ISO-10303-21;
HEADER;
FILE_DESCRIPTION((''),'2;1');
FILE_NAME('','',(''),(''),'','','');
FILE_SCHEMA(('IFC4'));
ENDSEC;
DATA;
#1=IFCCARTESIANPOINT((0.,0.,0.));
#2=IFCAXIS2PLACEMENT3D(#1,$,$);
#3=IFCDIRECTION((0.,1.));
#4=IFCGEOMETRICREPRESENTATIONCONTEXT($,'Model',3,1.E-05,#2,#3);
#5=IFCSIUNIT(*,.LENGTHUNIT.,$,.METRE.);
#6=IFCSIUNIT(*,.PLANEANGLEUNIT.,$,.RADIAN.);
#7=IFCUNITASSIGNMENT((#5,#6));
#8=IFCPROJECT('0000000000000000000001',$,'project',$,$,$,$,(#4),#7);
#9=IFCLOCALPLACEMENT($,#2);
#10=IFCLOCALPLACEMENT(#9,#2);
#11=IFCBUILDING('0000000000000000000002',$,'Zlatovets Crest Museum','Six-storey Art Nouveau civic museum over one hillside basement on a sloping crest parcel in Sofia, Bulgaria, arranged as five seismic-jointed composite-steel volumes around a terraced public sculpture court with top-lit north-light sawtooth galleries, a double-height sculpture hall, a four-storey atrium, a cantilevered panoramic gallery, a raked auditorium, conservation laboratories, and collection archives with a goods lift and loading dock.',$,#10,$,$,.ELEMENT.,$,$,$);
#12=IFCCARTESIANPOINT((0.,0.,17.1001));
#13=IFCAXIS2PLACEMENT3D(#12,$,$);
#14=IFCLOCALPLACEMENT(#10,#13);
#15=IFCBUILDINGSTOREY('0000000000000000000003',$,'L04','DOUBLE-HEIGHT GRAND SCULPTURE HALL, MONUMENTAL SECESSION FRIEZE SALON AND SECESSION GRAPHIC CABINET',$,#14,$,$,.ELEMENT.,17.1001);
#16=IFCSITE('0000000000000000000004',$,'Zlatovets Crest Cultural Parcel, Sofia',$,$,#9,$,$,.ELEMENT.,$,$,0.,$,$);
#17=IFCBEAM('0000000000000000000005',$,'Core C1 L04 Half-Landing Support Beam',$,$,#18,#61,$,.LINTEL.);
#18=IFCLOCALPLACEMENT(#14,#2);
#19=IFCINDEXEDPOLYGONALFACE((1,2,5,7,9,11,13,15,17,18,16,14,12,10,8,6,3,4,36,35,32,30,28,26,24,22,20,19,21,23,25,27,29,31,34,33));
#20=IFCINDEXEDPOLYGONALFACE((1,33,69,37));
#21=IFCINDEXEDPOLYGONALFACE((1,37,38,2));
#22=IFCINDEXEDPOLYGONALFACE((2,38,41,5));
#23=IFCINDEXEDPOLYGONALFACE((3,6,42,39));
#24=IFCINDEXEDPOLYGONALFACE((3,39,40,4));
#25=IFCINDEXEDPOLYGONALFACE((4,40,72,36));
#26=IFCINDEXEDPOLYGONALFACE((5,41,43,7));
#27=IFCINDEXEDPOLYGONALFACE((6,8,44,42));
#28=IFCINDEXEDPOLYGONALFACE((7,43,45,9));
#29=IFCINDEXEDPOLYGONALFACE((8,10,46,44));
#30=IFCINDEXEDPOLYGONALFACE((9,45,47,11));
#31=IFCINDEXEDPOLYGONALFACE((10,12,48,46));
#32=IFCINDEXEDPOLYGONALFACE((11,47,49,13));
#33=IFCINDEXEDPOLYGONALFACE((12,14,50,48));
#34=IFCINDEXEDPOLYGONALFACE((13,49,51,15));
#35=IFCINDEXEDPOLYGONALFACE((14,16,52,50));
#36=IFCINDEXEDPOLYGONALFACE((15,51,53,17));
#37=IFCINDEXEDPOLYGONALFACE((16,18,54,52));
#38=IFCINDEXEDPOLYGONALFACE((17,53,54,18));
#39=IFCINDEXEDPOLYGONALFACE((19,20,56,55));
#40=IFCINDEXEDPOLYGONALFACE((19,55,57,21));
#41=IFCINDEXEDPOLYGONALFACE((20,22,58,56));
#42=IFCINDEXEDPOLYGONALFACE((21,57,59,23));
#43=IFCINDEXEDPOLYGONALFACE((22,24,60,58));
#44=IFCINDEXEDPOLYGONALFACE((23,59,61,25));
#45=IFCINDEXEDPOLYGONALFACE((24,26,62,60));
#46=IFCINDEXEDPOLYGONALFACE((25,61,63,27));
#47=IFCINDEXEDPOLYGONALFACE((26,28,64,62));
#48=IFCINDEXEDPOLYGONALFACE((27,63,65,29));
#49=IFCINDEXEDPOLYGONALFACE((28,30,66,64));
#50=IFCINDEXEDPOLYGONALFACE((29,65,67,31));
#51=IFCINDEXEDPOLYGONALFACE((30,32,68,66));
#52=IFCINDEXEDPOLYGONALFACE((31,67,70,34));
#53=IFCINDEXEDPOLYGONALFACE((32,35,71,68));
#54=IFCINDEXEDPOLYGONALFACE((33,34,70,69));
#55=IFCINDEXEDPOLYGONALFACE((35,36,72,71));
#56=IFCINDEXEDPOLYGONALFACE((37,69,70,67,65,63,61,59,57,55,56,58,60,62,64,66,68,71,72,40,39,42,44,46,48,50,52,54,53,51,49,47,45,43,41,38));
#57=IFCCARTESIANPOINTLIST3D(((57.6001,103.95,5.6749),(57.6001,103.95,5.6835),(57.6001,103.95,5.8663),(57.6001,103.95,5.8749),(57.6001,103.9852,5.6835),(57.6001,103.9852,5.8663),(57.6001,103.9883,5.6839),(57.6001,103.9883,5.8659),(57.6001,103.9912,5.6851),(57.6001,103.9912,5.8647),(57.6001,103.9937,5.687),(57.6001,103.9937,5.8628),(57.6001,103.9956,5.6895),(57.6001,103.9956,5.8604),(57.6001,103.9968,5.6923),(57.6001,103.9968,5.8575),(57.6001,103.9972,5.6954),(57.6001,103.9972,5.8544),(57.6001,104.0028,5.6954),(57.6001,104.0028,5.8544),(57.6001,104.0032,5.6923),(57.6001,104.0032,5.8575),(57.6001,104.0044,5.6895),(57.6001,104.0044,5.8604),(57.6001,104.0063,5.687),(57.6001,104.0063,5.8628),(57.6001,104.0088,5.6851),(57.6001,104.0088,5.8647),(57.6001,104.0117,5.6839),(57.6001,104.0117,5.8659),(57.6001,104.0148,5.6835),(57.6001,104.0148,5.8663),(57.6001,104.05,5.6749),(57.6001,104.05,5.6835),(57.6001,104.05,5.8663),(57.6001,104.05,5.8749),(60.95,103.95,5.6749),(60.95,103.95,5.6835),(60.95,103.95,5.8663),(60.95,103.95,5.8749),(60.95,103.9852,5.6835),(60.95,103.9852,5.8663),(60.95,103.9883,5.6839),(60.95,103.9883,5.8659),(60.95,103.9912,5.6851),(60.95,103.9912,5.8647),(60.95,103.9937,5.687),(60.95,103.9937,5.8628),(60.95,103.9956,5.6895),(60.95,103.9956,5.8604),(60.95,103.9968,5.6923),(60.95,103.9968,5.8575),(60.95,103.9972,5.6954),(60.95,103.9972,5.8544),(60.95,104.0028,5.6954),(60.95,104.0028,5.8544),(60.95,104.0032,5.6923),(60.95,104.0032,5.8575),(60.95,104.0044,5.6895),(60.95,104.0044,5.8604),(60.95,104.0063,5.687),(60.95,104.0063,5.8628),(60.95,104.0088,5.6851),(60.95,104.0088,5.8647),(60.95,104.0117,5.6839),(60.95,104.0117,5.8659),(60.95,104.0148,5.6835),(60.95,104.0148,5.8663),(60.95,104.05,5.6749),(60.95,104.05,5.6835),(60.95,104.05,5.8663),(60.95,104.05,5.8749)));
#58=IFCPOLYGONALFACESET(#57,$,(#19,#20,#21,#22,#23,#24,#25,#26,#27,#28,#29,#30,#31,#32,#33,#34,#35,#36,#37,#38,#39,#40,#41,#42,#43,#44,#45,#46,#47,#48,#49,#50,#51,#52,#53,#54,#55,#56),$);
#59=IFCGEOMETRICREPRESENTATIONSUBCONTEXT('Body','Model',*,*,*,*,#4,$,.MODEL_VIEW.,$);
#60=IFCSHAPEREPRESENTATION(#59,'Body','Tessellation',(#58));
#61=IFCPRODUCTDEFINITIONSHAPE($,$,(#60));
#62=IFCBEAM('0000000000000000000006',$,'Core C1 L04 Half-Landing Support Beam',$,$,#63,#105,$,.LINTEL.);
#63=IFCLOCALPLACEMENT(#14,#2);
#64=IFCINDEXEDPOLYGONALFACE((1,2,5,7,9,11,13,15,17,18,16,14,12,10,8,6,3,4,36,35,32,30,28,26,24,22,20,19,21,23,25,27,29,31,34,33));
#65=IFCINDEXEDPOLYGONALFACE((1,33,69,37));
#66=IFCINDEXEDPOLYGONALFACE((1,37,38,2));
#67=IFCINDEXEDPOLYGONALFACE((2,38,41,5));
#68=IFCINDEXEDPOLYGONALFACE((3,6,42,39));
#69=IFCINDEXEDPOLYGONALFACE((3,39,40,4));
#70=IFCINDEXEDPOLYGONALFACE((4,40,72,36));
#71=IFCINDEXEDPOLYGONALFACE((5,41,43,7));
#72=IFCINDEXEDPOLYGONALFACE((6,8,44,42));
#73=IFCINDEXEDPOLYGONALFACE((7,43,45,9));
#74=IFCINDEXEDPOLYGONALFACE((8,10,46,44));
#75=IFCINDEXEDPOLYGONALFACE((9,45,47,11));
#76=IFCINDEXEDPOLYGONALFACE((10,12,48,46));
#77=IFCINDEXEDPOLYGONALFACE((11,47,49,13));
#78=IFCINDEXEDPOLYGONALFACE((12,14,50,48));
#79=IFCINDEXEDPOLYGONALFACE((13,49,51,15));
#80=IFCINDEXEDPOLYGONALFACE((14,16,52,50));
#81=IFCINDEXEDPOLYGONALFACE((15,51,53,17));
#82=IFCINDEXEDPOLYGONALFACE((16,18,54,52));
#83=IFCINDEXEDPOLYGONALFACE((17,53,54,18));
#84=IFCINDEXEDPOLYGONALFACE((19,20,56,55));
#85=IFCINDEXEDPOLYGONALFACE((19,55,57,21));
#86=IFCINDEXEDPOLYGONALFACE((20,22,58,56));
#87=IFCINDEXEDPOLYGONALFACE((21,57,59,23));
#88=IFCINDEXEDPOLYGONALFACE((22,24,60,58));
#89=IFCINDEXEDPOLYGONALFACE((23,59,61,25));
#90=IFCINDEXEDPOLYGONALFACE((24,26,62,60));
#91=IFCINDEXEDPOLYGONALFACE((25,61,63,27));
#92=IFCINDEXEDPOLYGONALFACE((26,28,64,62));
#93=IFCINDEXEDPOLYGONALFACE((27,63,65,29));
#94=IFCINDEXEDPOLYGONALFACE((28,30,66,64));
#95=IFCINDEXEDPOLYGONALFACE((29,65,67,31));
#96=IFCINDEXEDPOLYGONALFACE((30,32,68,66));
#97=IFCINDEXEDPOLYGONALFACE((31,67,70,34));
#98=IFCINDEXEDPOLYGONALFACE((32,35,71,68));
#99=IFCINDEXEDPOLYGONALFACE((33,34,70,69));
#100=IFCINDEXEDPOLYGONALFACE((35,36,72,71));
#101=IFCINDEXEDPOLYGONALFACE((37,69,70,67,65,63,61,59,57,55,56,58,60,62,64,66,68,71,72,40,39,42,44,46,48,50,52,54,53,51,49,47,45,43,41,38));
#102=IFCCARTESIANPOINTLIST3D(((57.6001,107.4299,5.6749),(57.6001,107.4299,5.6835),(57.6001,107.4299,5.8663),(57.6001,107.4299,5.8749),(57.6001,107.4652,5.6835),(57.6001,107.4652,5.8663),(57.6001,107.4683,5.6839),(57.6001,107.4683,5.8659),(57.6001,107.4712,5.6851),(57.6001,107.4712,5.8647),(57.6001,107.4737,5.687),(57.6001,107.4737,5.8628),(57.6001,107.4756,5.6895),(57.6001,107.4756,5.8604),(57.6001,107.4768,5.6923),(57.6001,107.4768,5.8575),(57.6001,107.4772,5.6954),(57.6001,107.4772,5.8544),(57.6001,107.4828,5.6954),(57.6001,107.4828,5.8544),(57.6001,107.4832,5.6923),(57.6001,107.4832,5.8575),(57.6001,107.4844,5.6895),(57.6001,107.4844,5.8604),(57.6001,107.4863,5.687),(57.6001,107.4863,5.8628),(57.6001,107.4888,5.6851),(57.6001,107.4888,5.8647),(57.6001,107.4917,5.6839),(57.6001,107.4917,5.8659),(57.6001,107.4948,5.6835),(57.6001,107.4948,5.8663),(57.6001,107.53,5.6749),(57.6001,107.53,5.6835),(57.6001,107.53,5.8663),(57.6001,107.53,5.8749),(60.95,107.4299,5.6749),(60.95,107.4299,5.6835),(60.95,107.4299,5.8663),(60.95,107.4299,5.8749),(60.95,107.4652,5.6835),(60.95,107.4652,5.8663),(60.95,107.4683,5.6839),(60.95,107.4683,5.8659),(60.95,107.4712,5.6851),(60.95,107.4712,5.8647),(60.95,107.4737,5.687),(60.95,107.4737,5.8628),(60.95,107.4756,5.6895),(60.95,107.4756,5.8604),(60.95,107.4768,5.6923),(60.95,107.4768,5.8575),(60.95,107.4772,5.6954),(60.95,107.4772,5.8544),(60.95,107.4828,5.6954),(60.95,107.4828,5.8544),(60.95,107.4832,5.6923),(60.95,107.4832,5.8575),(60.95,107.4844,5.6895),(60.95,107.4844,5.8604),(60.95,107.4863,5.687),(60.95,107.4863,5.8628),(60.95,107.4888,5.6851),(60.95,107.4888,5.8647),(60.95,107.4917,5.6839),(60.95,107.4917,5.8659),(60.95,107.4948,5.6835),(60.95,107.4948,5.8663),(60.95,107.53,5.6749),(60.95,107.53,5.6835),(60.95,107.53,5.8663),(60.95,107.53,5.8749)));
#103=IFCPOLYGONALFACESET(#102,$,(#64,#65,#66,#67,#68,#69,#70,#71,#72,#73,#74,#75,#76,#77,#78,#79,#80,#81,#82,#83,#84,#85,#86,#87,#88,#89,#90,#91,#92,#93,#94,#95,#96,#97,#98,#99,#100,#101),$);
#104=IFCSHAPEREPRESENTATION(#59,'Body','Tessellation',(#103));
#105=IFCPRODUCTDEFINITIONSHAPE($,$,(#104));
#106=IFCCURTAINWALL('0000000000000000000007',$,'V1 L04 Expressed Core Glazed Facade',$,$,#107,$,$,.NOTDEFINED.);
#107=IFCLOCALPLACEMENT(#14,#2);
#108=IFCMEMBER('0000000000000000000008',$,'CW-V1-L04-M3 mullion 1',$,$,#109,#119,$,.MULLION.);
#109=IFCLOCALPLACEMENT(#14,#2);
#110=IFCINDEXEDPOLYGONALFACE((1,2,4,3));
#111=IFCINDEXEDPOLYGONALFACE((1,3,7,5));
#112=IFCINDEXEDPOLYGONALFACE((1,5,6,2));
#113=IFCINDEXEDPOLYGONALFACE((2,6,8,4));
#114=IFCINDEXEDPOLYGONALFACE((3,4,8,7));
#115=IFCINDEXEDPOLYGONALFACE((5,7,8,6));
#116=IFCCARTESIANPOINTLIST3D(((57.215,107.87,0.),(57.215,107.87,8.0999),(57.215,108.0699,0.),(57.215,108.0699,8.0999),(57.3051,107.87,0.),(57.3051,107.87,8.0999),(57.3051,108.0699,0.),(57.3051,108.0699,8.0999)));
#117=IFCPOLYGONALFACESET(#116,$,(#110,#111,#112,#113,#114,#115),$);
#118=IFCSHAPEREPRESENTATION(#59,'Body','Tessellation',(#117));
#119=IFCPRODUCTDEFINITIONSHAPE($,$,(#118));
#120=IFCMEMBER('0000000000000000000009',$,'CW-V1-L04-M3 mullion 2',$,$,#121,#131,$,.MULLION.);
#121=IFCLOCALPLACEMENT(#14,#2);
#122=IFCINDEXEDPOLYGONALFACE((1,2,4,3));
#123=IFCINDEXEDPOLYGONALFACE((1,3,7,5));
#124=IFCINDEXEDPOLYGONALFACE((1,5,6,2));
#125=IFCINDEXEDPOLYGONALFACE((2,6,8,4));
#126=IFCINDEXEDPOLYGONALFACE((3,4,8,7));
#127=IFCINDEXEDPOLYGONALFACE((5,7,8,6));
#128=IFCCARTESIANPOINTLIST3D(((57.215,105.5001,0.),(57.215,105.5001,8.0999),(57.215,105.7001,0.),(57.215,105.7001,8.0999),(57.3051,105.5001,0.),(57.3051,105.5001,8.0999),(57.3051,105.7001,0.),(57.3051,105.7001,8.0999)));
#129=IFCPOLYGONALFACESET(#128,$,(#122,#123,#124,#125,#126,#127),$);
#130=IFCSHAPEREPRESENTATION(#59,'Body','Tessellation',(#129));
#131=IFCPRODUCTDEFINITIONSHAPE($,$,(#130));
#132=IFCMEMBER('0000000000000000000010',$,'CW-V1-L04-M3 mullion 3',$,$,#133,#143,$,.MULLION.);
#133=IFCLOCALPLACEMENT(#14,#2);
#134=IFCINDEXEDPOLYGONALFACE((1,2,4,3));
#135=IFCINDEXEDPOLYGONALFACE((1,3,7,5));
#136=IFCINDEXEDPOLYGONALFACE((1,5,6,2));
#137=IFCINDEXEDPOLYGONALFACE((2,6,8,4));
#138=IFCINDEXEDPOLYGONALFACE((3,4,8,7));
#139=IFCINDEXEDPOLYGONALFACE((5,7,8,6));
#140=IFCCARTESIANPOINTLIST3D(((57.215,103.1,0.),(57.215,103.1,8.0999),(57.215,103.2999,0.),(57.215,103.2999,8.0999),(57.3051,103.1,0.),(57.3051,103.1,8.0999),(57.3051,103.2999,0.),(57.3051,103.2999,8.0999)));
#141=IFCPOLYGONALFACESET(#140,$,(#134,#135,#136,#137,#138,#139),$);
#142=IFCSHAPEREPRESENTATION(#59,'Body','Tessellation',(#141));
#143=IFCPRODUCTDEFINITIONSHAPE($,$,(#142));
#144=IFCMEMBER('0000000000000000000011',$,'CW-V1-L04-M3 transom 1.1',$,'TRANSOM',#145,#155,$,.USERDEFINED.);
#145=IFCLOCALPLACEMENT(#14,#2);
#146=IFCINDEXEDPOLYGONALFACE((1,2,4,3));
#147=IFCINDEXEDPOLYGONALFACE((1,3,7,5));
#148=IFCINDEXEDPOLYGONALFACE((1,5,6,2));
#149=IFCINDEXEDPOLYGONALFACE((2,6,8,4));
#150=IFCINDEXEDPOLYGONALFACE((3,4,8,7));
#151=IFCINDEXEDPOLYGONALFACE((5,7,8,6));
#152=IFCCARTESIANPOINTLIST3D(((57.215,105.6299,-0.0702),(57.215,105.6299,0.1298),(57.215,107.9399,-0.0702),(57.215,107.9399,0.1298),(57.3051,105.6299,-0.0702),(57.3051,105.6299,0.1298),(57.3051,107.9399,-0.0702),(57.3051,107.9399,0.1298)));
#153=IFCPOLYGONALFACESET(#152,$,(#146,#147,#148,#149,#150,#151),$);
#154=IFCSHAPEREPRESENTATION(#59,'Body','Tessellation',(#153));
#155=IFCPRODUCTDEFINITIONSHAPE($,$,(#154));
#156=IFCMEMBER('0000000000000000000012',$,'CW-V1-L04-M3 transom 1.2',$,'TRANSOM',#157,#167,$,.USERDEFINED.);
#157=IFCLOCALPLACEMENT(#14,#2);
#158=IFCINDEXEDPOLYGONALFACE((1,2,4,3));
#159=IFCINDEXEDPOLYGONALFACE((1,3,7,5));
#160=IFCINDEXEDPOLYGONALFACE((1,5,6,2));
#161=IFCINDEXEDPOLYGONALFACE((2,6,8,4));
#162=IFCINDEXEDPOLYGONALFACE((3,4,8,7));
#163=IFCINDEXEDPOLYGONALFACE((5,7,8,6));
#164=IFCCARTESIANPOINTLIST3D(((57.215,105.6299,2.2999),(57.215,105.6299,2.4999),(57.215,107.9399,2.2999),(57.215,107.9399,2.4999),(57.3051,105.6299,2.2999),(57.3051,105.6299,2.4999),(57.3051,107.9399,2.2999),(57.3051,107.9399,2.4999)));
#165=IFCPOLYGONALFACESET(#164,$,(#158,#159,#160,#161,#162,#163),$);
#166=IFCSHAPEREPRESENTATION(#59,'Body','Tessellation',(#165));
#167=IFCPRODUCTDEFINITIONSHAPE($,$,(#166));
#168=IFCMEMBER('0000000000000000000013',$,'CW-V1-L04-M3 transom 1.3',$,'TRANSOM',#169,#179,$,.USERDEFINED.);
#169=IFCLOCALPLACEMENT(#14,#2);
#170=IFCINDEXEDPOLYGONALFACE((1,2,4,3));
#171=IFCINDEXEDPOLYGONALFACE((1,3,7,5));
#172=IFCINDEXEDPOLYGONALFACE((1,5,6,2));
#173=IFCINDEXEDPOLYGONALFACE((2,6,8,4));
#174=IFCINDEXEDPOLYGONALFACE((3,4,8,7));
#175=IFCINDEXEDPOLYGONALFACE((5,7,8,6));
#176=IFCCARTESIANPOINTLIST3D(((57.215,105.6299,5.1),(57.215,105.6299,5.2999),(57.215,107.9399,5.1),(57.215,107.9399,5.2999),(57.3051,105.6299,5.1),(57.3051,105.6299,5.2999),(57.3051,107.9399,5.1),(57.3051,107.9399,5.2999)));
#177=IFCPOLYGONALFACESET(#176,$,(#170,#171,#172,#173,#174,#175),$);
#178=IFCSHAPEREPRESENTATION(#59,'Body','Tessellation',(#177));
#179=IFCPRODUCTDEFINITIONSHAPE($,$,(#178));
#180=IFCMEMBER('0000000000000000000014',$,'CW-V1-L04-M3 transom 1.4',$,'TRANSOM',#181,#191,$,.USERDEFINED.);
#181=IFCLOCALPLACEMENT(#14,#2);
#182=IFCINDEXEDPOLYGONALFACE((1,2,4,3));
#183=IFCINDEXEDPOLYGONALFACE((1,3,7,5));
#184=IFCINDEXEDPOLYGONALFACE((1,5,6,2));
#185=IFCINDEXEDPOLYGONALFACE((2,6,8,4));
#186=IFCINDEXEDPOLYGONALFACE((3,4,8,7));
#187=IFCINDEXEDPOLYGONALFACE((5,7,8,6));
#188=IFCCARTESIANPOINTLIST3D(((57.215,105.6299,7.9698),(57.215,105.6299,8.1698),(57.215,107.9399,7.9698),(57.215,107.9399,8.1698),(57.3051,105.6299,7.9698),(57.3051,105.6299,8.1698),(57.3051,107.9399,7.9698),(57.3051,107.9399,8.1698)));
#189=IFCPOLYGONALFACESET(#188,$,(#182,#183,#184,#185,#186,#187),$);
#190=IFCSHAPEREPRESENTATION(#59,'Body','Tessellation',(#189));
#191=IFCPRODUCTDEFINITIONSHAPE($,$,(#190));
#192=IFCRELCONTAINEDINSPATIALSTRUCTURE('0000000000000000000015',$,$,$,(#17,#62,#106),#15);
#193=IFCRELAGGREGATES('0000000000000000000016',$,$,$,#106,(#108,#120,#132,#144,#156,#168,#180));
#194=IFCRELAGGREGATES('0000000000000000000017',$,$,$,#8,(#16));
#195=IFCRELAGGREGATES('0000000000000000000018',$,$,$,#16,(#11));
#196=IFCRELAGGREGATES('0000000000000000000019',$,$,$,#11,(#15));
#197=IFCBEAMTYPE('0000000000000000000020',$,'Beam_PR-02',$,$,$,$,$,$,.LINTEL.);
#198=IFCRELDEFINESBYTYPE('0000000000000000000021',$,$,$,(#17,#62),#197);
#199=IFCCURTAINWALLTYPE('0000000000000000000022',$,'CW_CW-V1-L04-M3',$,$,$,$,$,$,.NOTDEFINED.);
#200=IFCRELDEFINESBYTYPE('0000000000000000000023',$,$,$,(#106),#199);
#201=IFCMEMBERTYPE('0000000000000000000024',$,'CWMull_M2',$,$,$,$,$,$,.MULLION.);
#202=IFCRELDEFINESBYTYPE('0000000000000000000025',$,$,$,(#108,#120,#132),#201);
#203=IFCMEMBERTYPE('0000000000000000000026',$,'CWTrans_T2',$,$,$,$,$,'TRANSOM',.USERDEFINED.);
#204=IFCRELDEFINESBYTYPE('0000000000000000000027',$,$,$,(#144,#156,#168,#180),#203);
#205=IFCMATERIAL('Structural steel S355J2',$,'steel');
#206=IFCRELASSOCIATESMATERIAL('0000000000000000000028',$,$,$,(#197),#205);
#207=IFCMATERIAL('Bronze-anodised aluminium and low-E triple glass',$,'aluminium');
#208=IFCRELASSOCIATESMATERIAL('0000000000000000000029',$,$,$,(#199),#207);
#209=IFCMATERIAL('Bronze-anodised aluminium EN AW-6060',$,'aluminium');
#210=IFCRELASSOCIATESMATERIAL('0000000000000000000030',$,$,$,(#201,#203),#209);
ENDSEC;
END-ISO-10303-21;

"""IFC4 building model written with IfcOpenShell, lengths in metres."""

from ifc_helpers import new_model, si_unit, direction, frame, origin, origin_2d, place, context, subcontext, project, spatial, rectangle, i_section, extrude, material, material_profile, profile_set, type_object, element, aggregate, save


model = new_model("IFC4")

# Units and contexts
model_context = context("Model", 3, precision=1e-05, world=origin(), true_north=direction((0.0, 1.0)))
body_context = subcontext(model_context, "Body", "Model", "MODEL_VIEW")
ifc_project = project(units=[si_unit("LENGTHUNIT", "METRE"), si_unit("PLANEANGLEUNIT", "RADIAN")], contexts=[model_context])

# Site, building, storey
site_placement = place(None, origin())
site = spatial("IfcSite", under=ifc_project, at=site_placement, Name="Zlatovets Crest Cultural Parcel, Sofia", CompositionType="ELEMENT", RefElevation=0.0)
building_placement = place(site_placement, origin())
building = spatial("IfcBuilding", under=site, at=building_placement, Name="Zlatovets Crest Museum", Description="Six-storey Art Nouveau civic museum over one hillside basement on a sloping crest parcel in Sofia, Bulgaria, arranged as five seismic-jointed composite-steel volumes around a terraced public sculpture court with top-lit north-light sawtooth galleries, a double-height sculpture hall, a four-storey atrium, a cantilevered panoramic gallery, a raked auditorium, conservation laboratories, and collection archives with a goods lift and loading dock.", CompositionType="ELEMENT")
storey_placement = place(building_placement, frame((0.0, 0.0, 17.1001)))
storey = spatial("IfcBuildingStorey", under=building, at=storey_placement, Name="L04", Description="DOUBLE-HEIGHT GRAND SCULPTURE HALL, MONUMENTAL SECESSION FRIEZE SALON AND SECESSION GRAPHIC CABINET", CompositionType="ELEMENT", Elevation=17.1001)

# Shared definitions
ifc_material_1 = material(Name="Structural steel S355J2", Category="steel")

# Beams
ifc_material_profile_1 = material_profile(ifc_material_1, i_section(OverallWidth=0.1001, OverallDepth=0.2, WebThickness=0.0056, FlangeThickness=0.0085, FilletRadius=0.012, at=origin_2d()), Name="IPE 200")
ifc_profile_set_1 = profile_set([ifc_material_profile_1], Name="Structural steel S355J2")
beam_type_1 = type_object("IfcBeamType", Name="Beam_PR-02", PredefinedType="LINTEL", material=ifc_profile_set_1)
for number, where, z_axis, x_axis, name in (
    (1, (57.6001, 104.0, 5.7749), (1.0, 0.0, 0.0), (0.0, 1.0, 0.0), "Core C1 L04 Half-Landing Support Beam"),
    (2, (57.6001, 107.48, 5.7749), (1.0, 0.0, 0.0), (0.0, 1.0, 0.0), "Core C1 L04 Half-Landing Support Beam"),
):
    element("IfcBeam", number, at=place(storey_placement, frame(where, z_axis=z_axis, x_axis=x_axis)), inside=storey, type_object=beam_type_1, Name=name, PredefinedType="LINTEL", context=body_context, shape_type="SweptSolid", body=[
        extrude(i_section(OverallWidth=0.1001, OverallDepth=0.2, WebThickness=0.0056, FlangeThickness=0.0085, FilletRadius=0.012, at=origin_2d()), origin(), (0.0, 0.0, 1.0), 3.3499),
    ])

# Curtain wall, members
ifc_material_2 = material(Name="Bronze-anodised aluminium and low-E triple glass", Category="aluminium")
curtain_wall_type = type_object("IfcCurtainWallType", Name="CW_CW-V1-L04-M3", PredefinedType="NOTDEFINED", material=ifc_material_2)
curtain_wall_placement = place(storey_placement, origin())
curtain_wall = element("IfcCurtainWall", 3, at=curtain_wall_placement, inside=storey, type_object=curtain_wall_type, Name="V1 L04 Expressed Core Glazed Facade", PredefinedType="NOTDEFINED")
ifc_material_3 = material(Name="Bronze-anodised aluminium EN AW-6060", Category="aluminium")
ifc_material_profile_2 = material_profile(ifc_material_3, rectangle(XDim=0.0901, YDim=0.2, at=origin_2d()), Name="ALU 90x200")
ifc_profile_set_2 = profile_set([ifc_material_profile_2], Name="Bronze-anodised aluminium EN AW-6060")
member_type_1 = type_object("IfcMemberType", Name="CWMull_M2", PredefinedType="MULLION", material=ifc_profile_set_2)
member_1_placement = place(storey_placement, frame((57.26, 107.97, 0.0), z_axis=(0.0, 0.0, 1.0), x_axis=(1.0, 0.0, 0.0)))
member_1 = element("IfcMember", 4, at=member_1_placement, type_object=member_type_1, Name="CW-V1-L04-M3 mullion 1", PredefinedType="MULLION", context=body_context, shape_type="SweptSolid", body=[
    extrude(rectangle(XDim=0.0901, YDim=0.2, at=origin_2d()), origin(), (0.0, 0.0, 1.0), 8.0999),
])
member_2_placement = place(storey_placement, frame((57.26, 105.6001, 0.0), z_axis=(0.0, 0.0, 1.0), x_axis=(1.0, 0.0, 0.0)))
member_2 = element("IfcMember", 5, at=member_2_placement, type_object=member_type_1, Name="CW-V1-L04-M3 mullion 2", PredefinedType="MULLION", context=body_context, shape_type="SweptSolid", body=[
    extrude(rectangle(XDim=0.0901, YDim=0.2, at=origin_2d()), origin(), (0.0, 0.0, 1.0), 8.0999),
])
member_3_placement = place(storey_placement, frame((57.26, 103.2, 0.0), z_axis=(0.0, 0.0, 1.0), x_axis=(1.0, 0.0, 0.0)))
member_3 = element("IfcMember", 6, at=member_3_placement, type_object=member_type_1, Name="CW-V1-L04-M3 mullion 3", PredefinedType="MULLION", context=body_context, shape_type="SweptSolid", body=[
    extrude(rectangle(XDim=0.0901, YDim=0.2, at=origin_2d()), origin(), (0.0, 0.0, 1.0), 8.0999),
])
ifc_material_profile_3 = material_profile(ifc_material_3, rectangle(XDim=0.0901, YDim=0.2, at=origin_2d()), Name="ALU 90x200")
ifc_profile_set_3 = profile_set([ifc_material_profile_3], Name="Bronze-anodised aluminium EN AW-6060")
member_type_2 = type_object("IfcMemberType", Name="CWTrans_T2", ElementType="TRANSOM", PredefinedType="USERDEFINED", material=ifc_profile_set_3)
member_4_placement = place(storey_placement, frame((57.26, 107.9399, 0.0298), z_axis=(0.0, -1.0, 0.0), x_axis=(1.0, 0.0, 0.0)))
member_4 = element("IfcMember", 7, at=member_4_placement, type_object=member_type_2, Name="CW-V1-L04-M3 transom 1.1", ObjectType="TRANSOM", PredefinedType="USERDEFINED", context=body_context, shape_type="SweptSolid", body=[
    extrude(rectangle(XDim=0.0901, YDim=0.2, at=origin_2d()), origin(), (0.0, 0.0, 1.0), 2.3101),
])
member_5_placement = place(storey_placement, frame((57.26, 107.9399, 2.3999), z_axis=(0.0, -1.0, 0.0), x_axis=(1.0, 0.0, 0.0)))
member_5 = element("IfcMember", 8, at=member_5_placement, type_object=member_type_2, Name="CW-V1-L04-M3 transom 1.2", ObjectType="TRANSOM", PredefinedType="USERDEFINED", context=body_context, shape_type="SweptSolid", body=[
    extrude(rectangle(XDim=0.0901, YDim=0.2, at=origin_2d()), origin(), (0.0, 0.0, 1.0), 2.3101),
])
member_6_placement = place(storey_placement, frame((57.26, 107.9399, 5.2), z_axis=(0.0, -1.0, 0.0), x_axis=(1.0, 0.0, 0.0)))
member_6 = element("IfcMember", 9, at=member_6_placement, type_object=member_type_2, Name="CW-V1-L04-M3 transom 1.3", ObjectType="TRANSOM", PredefinedType="USERDEFINED", context=body_context, shape_type="SweptSolid", body=[
    extrude(rectangle(XDim=0.0901, YDim=0.2, at=origin_2d()), origin(), (0.0, 0.0, 1.0), 2.3101),
])
member_7_placement = place(storey_placement, frame((57.26, 107.9399, 8.0698), z_axis=(0.0, -1.0, 0.0), x_axis=(1.0, 0.0, 0.0)))
member_7 = element("IfcMember", 10, at=member_7_placement, type_object=member_type_2, Name="CW-V1-L04-M3 transom 1.4", ObjectType="TRANSOM", PredefinedType="USERDEFINED", context=body_context, shape_type="SweptSolid", body=[
    extrude(rectangle(XDim=0.0901, YDim=0.2, at=origin_2d()), origin(), (0.0, 0.0, 1.0), 2.3101),
])
aggregate(curtain_wall, [member_1, member_2, member_3, member_4, member_5, member_6, member_7])

save(model, "model.ifc")
